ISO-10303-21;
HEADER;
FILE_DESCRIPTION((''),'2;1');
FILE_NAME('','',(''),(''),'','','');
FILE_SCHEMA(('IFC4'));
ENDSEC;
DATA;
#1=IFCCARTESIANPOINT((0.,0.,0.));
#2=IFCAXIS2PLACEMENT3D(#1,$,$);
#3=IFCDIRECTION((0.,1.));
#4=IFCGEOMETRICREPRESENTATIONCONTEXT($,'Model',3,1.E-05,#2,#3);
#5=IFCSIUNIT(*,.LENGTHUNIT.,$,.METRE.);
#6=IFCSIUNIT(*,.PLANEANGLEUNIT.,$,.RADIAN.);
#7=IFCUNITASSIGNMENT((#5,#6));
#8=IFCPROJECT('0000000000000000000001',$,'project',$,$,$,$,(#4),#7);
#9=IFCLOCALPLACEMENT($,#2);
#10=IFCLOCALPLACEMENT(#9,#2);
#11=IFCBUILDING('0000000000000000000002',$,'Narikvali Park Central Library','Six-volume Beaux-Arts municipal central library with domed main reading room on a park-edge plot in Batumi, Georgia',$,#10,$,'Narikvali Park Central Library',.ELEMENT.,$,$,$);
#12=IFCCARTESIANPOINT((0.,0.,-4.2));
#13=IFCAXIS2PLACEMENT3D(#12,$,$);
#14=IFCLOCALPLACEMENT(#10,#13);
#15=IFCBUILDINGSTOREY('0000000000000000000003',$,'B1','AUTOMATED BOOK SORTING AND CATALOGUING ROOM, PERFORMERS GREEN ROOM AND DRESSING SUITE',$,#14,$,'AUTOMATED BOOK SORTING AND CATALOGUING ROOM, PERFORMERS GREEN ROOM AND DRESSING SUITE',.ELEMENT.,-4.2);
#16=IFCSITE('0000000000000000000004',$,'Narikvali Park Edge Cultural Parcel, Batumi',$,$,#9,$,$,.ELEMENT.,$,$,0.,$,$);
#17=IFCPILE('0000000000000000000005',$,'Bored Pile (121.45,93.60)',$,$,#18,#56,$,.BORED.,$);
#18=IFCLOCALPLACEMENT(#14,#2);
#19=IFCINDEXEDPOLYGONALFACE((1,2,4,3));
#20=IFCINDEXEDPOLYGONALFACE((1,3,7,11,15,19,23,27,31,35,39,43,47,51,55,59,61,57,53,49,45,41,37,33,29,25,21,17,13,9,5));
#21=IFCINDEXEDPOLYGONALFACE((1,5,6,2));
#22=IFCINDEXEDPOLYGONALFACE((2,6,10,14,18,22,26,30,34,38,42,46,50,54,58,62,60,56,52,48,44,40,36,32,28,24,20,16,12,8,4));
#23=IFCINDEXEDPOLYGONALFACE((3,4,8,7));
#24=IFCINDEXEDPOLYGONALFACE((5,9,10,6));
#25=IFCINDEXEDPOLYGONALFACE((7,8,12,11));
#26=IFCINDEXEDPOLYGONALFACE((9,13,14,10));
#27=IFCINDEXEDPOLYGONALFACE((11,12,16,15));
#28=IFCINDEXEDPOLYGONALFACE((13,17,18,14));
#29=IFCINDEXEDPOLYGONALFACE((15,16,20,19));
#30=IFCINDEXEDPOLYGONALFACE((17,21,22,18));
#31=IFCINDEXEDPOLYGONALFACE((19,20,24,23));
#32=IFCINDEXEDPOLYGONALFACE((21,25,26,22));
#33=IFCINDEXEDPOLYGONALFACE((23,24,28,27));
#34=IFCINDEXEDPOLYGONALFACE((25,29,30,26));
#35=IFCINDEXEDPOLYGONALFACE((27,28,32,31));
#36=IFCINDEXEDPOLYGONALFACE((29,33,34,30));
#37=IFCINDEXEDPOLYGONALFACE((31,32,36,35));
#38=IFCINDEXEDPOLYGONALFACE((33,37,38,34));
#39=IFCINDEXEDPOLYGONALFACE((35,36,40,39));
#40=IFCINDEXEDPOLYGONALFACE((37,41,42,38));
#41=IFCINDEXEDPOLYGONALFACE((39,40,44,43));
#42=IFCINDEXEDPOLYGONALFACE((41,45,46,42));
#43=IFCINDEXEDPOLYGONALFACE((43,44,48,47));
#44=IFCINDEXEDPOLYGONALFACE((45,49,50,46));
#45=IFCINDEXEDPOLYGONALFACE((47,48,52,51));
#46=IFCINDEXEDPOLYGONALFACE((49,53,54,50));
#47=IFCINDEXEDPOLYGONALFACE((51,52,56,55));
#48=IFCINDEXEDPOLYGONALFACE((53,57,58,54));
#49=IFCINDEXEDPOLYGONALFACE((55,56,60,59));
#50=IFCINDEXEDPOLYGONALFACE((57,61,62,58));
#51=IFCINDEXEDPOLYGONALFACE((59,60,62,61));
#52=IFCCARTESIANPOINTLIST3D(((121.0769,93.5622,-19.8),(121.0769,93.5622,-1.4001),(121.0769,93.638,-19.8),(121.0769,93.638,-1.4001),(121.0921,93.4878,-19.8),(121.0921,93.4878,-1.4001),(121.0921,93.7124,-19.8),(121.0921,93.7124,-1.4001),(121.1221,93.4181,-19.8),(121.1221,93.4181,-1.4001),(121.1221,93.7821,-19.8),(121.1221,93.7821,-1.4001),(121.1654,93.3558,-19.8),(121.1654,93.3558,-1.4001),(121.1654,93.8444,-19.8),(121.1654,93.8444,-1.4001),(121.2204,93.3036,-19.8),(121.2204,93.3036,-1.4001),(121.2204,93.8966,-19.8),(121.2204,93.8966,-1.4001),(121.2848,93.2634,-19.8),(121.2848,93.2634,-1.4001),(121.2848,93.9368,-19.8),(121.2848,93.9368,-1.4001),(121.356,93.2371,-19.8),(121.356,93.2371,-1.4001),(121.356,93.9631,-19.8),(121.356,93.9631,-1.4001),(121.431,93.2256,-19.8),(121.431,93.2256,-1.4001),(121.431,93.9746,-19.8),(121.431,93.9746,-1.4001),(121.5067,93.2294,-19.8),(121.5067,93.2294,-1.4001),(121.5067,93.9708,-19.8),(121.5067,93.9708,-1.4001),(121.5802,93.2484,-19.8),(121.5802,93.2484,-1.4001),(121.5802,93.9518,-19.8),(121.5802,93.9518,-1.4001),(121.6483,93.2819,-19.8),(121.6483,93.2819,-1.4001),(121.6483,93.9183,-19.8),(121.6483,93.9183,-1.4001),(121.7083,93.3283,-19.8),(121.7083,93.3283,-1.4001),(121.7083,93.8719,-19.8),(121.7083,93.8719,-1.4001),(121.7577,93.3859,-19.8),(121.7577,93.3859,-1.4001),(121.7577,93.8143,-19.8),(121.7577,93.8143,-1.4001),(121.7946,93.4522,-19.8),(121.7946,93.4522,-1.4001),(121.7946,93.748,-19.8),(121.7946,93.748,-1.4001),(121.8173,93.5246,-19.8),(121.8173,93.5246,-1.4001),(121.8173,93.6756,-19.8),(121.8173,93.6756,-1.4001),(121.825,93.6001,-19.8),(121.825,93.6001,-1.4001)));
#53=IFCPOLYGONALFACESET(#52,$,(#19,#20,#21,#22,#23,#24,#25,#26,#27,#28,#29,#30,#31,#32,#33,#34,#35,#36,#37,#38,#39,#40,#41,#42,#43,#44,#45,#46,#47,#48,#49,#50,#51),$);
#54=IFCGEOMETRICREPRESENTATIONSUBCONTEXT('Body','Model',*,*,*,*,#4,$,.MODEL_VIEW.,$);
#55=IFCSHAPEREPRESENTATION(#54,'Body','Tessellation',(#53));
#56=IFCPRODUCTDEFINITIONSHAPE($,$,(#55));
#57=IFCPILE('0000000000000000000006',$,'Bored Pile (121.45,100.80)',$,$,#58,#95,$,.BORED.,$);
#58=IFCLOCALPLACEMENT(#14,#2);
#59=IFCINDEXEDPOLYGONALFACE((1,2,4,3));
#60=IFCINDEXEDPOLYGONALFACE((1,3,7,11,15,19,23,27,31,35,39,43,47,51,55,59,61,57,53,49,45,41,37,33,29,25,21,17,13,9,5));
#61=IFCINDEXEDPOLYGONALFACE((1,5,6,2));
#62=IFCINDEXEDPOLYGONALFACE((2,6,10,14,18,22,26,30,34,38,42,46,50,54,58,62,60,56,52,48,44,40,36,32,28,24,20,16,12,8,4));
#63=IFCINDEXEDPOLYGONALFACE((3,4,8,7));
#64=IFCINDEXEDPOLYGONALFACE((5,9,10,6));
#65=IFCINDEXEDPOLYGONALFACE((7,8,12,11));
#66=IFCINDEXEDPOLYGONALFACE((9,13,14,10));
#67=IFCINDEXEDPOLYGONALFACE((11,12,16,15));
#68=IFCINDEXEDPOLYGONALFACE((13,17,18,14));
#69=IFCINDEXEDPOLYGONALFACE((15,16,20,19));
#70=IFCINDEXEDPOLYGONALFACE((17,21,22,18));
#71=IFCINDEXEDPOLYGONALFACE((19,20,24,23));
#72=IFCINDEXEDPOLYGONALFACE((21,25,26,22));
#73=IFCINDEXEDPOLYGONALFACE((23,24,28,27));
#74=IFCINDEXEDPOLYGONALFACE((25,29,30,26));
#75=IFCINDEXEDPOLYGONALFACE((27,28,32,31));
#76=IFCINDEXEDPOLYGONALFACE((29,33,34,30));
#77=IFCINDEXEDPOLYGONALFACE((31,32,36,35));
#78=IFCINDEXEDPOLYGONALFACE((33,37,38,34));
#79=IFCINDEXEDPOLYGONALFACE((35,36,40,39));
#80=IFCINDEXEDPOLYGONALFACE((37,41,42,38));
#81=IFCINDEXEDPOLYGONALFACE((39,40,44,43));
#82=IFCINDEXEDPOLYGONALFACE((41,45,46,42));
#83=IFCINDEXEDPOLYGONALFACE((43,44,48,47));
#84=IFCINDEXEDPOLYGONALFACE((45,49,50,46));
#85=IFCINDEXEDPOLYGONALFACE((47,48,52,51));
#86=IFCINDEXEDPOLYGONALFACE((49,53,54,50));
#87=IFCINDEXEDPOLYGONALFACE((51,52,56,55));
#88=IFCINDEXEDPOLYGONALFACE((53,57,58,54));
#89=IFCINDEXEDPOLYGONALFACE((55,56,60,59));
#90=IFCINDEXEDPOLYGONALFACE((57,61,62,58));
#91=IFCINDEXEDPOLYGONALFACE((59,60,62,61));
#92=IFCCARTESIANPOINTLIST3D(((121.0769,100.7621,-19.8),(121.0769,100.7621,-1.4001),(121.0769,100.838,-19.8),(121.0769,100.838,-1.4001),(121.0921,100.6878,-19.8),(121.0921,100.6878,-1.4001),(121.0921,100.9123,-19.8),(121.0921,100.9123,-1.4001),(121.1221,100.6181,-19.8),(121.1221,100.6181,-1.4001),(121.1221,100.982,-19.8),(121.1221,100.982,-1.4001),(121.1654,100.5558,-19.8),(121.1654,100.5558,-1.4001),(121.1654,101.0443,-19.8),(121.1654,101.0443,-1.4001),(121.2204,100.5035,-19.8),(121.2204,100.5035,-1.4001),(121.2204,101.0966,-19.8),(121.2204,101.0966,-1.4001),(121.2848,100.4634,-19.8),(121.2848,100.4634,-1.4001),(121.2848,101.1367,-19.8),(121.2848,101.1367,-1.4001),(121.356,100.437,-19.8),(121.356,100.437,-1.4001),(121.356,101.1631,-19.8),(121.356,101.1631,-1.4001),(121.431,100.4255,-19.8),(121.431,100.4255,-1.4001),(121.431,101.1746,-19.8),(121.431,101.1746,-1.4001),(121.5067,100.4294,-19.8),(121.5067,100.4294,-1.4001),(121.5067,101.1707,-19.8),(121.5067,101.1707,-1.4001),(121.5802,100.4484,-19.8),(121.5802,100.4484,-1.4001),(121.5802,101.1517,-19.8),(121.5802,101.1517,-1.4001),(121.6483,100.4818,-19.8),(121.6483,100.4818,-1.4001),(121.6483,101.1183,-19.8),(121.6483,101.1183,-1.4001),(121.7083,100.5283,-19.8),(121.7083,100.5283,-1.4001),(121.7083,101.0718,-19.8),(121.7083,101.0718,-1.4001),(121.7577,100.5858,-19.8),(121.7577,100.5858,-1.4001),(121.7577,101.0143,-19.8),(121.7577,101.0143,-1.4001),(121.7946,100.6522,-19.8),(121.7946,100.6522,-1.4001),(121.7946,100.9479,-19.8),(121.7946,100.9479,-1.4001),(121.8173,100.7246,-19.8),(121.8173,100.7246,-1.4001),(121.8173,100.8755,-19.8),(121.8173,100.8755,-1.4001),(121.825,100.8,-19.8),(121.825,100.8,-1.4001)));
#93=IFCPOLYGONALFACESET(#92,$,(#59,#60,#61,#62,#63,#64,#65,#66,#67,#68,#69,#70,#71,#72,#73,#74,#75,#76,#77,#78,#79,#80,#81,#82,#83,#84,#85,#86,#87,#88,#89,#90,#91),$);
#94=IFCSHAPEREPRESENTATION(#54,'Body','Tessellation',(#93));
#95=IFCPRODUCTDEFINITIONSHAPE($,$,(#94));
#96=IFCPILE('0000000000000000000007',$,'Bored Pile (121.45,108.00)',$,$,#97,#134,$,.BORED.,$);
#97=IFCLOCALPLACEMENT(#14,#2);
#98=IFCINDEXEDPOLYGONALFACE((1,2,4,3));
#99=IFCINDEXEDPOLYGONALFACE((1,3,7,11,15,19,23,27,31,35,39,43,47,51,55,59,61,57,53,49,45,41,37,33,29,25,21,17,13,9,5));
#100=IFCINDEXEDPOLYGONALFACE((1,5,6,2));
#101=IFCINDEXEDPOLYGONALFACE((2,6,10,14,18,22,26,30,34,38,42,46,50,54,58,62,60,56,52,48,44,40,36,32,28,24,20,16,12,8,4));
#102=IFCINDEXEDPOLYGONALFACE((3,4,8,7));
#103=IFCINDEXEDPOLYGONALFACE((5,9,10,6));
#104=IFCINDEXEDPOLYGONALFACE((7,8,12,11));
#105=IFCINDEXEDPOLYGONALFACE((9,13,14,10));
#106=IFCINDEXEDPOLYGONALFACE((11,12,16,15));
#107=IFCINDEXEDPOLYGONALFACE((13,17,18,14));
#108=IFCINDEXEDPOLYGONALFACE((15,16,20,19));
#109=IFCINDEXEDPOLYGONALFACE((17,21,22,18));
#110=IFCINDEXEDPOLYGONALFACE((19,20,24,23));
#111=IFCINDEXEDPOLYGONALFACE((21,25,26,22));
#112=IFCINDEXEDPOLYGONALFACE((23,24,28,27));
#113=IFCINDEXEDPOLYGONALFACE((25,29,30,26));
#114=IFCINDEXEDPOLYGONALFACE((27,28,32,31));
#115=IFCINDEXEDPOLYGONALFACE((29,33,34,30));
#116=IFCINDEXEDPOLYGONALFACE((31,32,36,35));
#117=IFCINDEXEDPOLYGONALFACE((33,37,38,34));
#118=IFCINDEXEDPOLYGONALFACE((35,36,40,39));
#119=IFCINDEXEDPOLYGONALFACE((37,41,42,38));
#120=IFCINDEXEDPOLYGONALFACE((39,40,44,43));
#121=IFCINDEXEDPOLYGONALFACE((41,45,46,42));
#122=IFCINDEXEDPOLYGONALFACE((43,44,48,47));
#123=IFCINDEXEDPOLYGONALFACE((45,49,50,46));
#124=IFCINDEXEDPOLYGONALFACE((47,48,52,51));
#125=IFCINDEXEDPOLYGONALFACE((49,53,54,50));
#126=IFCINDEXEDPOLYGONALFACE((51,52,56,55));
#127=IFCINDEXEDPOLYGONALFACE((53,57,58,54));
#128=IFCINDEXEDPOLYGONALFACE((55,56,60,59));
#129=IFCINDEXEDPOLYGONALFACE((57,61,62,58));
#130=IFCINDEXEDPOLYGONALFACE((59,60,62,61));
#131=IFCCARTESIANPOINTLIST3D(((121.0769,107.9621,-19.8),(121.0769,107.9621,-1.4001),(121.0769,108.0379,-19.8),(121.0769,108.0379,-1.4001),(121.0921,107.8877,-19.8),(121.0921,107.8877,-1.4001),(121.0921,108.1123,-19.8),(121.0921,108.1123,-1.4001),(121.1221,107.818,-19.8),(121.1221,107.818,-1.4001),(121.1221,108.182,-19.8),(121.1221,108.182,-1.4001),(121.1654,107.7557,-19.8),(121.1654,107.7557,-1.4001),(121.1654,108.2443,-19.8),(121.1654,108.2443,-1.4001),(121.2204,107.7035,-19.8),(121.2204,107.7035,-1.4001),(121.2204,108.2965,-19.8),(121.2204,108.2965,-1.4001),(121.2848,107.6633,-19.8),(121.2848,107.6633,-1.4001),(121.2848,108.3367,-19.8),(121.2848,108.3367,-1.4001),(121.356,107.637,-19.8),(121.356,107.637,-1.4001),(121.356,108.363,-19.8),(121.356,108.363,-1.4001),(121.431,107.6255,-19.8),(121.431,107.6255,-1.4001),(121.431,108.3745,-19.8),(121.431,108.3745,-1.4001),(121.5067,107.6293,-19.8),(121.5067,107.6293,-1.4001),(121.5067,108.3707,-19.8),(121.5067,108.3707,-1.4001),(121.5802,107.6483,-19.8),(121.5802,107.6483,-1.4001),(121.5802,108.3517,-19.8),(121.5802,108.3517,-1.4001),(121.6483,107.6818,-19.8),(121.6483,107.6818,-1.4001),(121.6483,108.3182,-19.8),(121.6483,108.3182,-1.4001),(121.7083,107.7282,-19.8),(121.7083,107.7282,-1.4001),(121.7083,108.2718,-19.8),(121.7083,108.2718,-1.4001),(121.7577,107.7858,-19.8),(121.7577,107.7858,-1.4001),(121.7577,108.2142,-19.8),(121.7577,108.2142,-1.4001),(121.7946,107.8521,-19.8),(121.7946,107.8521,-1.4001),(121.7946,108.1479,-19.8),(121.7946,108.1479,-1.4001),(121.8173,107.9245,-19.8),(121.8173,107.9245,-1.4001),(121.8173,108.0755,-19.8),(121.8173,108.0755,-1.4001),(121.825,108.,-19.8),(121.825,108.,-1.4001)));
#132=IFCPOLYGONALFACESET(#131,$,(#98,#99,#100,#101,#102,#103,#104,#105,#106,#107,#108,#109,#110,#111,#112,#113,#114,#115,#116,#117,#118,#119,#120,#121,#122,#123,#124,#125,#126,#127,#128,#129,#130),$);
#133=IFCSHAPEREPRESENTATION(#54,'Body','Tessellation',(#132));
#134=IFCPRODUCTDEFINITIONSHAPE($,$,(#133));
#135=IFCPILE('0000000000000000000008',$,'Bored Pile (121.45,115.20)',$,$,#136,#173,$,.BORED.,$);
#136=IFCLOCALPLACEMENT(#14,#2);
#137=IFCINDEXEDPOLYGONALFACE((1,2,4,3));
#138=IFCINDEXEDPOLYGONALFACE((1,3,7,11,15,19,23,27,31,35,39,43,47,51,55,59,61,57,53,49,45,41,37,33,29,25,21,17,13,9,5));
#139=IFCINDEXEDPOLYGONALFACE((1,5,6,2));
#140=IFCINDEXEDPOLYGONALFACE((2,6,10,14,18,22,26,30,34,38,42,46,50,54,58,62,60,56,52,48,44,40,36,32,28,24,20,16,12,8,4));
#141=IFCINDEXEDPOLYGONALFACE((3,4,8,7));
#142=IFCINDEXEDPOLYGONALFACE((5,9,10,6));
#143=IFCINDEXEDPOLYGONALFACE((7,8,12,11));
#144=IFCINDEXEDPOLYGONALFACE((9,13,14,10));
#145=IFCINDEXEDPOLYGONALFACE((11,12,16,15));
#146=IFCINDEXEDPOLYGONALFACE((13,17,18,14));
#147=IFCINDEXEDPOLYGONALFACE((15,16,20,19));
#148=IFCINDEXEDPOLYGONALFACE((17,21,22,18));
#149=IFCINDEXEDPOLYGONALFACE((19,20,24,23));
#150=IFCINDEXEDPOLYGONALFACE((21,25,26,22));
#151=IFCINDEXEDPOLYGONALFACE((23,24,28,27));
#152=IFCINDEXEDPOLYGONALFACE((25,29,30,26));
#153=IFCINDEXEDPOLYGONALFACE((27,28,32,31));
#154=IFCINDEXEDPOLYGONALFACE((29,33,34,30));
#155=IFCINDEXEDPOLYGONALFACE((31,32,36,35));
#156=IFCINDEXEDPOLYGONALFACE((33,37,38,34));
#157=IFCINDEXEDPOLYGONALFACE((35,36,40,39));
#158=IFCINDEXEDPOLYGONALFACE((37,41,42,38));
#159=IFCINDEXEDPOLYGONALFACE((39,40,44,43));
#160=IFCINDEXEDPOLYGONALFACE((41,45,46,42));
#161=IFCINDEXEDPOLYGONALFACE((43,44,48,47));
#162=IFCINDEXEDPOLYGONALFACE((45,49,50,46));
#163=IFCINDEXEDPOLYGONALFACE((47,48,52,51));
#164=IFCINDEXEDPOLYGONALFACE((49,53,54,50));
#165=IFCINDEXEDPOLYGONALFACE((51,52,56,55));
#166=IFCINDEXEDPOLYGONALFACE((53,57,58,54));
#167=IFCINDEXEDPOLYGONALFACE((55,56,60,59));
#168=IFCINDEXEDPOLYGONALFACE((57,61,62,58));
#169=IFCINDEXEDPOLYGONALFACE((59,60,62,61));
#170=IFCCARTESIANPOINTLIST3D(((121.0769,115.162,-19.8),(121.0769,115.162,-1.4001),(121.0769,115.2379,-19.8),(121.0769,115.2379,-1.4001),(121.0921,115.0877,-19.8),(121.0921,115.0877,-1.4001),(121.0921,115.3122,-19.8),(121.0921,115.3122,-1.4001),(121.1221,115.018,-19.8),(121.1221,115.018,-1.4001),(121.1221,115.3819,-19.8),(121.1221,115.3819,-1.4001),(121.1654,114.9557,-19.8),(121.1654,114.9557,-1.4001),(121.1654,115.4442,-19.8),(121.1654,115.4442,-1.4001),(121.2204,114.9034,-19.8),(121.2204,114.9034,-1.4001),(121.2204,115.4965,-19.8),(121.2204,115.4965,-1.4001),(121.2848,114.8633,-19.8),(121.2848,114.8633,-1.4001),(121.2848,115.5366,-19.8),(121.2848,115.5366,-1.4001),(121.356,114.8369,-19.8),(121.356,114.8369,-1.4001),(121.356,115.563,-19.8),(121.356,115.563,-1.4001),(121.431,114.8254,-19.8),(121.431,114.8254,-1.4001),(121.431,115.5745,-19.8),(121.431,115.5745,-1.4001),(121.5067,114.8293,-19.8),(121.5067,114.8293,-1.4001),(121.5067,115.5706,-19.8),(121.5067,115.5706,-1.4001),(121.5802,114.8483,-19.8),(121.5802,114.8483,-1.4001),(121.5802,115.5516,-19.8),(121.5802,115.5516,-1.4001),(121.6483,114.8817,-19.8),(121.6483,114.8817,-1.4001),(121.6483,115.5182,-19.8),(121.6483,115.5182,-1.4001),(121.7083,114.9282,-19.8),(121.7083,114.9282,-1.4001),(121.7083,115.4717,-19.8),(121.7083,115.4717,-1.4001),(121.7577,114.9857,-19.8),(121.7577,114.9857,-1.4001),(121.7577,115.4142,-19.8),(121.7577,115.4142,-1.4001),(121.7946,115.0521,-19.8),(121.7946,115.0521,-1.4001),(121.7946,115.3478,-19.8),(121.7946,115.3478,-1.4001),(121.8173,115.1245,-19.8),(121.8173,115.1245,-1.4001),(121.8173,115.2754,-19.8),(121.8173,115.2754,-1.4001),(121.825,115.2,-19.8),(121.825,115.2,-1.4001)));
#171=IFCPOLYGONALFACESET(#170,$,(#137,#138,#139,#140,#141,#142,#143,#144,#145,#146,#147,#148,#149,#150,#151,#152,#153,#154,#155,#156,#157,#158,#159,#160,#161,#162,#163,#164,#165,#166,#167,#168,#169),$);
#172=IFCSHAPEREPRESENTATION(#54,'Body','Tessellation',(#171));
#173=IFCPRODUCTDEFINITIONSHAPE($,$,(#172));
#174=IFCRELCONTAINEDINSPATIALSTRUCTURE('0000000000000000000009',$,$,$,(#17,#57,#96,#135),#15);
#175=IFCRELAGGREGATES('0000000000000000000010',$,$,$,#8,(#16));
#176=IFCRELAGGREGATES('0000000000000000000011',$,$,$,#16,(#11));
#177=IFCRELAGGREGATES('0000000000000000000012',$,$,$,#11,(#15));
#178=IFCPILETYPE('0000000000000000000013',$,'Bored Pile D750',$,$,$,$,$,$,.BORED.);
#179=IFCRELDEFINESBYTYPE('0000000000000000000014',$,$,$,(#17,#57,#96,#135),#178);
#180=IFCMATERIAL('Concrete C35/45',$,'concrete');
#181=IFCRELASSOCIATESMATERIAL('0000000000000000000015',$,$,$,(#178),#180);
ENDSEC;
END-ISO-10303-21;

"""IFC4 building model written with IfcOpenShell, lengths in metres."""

from ifc_helpers import new_model, si_unit, direction, frame, origin, origin_2d, place, context, subcontext, project, spatial, circle, extrude, material, material_profile, profile_set, type_object, element, save


model = new_model("IFC4")

# Units and contexts
model_context = context("Model", 3, precision=1e-05, world=origin(), true_north=direction((0.0, 1.0)))
body_context = subcontext(model_context, "Body", "Model", "MODEL_VIEW")
ifc_project = project(units=[si_unit("LENGTHUNIT", "METRE"), si_unit("PLANEANGLEUNIT", "RADIAN")], contexts=[model_context])

# Site, building, storey
site_placement = place(None, origin())
site = spatial("IfcSite", under=ifc_project, at=site_placement, Name="Narikvali Park Edge Cultural Parcel, Batumi", CompositionType="ELEMENT", RefElevation=0.0)
building_placement = place(site_placement, origin())
building = spatial("IfcBuilding", under=site, at=building_placement, Name="Narikvali Park Central Library", Description="Six-volume Beaux-Arts municipal central library with domed main reading room on a park-edge plot in Batumi, Georgia", LongName="Narikvali Park Central Library", CompositionType="ELEMENT")
storey_placement = place(building_placement, frame((0.0, 0.0, -4.2)))
storey = spatial("IfcBuildingStorey", under=building, at=storey_placement, Name="B1", Description="AUTOMATED BOOK SORTING AND CATALOGUING ROOM, PERFORMERS GREEN ROOM AND DRESSING SUITE", LongName="AUTOMATED BOOK SORTING AND CATALOGUING ROOM, PERFORMERS GREEN ROOM AND DRESSING SUITE", CompositionType="ELEMENT", Elevation=-4.2)

# Piles
ifc_material_1 = material(Name="Concrete C35/45", Category="concrete")
ifc_material_profile_1 = material_profile(ifc_material_1, circle(Radius=0.375, at=origin_2d()), Name="PILE D750")
ifc_profile_set_1 = profile_set([ifc_material_profile_1], Name="Concrete C35/45")
pile_type_1 = type_object("IfcPileType", Name="Bored Pile D750", PredefinedType="BORED", material=ifc_profile_set_1)
for number, where, z_axis, x_axis, name in (
    (1, (121.45, 93.6001, -1.4001), (0.0, 0.0, -1.0), (1.0, 0.0, 0.0), "Bored Pile (121.45,93.60)"),
    (2, (121.45, 100.8, -1.4001), (0.0, 0.0, -1.0), (1.0, 0.0, 0.0), "Bored Pile (121.45,100.80)"),
    (3, (121.45, 108.0, -1.4001), (0.0, 0.0, -1.0), (1.0, 0.0, 0.0), "Bored Pile (121.45,108.00)"),
    (4, (121.45, 115.2, -1.4001), (0.0, 0.0, -1.0), (1.0, 0.0, 0.0), "Bored Pile (121.45,115.20)"),
):
    element("IfcPile", number, at=place(storey_placement, frame(where, z_axis=z_axis, x_axis=x_axis)), inside=storey, type_object=pile_type_1, Name=name, PredefinedType="BORED", context=body_context, shape_type="SweptSolid", body=[
        extrude(circle(Radius=0.375, at=origin_2d()), origin(), (0.0, 0.0, 1.0), 18.3999),
    ])

save(model, "model.ifc")
